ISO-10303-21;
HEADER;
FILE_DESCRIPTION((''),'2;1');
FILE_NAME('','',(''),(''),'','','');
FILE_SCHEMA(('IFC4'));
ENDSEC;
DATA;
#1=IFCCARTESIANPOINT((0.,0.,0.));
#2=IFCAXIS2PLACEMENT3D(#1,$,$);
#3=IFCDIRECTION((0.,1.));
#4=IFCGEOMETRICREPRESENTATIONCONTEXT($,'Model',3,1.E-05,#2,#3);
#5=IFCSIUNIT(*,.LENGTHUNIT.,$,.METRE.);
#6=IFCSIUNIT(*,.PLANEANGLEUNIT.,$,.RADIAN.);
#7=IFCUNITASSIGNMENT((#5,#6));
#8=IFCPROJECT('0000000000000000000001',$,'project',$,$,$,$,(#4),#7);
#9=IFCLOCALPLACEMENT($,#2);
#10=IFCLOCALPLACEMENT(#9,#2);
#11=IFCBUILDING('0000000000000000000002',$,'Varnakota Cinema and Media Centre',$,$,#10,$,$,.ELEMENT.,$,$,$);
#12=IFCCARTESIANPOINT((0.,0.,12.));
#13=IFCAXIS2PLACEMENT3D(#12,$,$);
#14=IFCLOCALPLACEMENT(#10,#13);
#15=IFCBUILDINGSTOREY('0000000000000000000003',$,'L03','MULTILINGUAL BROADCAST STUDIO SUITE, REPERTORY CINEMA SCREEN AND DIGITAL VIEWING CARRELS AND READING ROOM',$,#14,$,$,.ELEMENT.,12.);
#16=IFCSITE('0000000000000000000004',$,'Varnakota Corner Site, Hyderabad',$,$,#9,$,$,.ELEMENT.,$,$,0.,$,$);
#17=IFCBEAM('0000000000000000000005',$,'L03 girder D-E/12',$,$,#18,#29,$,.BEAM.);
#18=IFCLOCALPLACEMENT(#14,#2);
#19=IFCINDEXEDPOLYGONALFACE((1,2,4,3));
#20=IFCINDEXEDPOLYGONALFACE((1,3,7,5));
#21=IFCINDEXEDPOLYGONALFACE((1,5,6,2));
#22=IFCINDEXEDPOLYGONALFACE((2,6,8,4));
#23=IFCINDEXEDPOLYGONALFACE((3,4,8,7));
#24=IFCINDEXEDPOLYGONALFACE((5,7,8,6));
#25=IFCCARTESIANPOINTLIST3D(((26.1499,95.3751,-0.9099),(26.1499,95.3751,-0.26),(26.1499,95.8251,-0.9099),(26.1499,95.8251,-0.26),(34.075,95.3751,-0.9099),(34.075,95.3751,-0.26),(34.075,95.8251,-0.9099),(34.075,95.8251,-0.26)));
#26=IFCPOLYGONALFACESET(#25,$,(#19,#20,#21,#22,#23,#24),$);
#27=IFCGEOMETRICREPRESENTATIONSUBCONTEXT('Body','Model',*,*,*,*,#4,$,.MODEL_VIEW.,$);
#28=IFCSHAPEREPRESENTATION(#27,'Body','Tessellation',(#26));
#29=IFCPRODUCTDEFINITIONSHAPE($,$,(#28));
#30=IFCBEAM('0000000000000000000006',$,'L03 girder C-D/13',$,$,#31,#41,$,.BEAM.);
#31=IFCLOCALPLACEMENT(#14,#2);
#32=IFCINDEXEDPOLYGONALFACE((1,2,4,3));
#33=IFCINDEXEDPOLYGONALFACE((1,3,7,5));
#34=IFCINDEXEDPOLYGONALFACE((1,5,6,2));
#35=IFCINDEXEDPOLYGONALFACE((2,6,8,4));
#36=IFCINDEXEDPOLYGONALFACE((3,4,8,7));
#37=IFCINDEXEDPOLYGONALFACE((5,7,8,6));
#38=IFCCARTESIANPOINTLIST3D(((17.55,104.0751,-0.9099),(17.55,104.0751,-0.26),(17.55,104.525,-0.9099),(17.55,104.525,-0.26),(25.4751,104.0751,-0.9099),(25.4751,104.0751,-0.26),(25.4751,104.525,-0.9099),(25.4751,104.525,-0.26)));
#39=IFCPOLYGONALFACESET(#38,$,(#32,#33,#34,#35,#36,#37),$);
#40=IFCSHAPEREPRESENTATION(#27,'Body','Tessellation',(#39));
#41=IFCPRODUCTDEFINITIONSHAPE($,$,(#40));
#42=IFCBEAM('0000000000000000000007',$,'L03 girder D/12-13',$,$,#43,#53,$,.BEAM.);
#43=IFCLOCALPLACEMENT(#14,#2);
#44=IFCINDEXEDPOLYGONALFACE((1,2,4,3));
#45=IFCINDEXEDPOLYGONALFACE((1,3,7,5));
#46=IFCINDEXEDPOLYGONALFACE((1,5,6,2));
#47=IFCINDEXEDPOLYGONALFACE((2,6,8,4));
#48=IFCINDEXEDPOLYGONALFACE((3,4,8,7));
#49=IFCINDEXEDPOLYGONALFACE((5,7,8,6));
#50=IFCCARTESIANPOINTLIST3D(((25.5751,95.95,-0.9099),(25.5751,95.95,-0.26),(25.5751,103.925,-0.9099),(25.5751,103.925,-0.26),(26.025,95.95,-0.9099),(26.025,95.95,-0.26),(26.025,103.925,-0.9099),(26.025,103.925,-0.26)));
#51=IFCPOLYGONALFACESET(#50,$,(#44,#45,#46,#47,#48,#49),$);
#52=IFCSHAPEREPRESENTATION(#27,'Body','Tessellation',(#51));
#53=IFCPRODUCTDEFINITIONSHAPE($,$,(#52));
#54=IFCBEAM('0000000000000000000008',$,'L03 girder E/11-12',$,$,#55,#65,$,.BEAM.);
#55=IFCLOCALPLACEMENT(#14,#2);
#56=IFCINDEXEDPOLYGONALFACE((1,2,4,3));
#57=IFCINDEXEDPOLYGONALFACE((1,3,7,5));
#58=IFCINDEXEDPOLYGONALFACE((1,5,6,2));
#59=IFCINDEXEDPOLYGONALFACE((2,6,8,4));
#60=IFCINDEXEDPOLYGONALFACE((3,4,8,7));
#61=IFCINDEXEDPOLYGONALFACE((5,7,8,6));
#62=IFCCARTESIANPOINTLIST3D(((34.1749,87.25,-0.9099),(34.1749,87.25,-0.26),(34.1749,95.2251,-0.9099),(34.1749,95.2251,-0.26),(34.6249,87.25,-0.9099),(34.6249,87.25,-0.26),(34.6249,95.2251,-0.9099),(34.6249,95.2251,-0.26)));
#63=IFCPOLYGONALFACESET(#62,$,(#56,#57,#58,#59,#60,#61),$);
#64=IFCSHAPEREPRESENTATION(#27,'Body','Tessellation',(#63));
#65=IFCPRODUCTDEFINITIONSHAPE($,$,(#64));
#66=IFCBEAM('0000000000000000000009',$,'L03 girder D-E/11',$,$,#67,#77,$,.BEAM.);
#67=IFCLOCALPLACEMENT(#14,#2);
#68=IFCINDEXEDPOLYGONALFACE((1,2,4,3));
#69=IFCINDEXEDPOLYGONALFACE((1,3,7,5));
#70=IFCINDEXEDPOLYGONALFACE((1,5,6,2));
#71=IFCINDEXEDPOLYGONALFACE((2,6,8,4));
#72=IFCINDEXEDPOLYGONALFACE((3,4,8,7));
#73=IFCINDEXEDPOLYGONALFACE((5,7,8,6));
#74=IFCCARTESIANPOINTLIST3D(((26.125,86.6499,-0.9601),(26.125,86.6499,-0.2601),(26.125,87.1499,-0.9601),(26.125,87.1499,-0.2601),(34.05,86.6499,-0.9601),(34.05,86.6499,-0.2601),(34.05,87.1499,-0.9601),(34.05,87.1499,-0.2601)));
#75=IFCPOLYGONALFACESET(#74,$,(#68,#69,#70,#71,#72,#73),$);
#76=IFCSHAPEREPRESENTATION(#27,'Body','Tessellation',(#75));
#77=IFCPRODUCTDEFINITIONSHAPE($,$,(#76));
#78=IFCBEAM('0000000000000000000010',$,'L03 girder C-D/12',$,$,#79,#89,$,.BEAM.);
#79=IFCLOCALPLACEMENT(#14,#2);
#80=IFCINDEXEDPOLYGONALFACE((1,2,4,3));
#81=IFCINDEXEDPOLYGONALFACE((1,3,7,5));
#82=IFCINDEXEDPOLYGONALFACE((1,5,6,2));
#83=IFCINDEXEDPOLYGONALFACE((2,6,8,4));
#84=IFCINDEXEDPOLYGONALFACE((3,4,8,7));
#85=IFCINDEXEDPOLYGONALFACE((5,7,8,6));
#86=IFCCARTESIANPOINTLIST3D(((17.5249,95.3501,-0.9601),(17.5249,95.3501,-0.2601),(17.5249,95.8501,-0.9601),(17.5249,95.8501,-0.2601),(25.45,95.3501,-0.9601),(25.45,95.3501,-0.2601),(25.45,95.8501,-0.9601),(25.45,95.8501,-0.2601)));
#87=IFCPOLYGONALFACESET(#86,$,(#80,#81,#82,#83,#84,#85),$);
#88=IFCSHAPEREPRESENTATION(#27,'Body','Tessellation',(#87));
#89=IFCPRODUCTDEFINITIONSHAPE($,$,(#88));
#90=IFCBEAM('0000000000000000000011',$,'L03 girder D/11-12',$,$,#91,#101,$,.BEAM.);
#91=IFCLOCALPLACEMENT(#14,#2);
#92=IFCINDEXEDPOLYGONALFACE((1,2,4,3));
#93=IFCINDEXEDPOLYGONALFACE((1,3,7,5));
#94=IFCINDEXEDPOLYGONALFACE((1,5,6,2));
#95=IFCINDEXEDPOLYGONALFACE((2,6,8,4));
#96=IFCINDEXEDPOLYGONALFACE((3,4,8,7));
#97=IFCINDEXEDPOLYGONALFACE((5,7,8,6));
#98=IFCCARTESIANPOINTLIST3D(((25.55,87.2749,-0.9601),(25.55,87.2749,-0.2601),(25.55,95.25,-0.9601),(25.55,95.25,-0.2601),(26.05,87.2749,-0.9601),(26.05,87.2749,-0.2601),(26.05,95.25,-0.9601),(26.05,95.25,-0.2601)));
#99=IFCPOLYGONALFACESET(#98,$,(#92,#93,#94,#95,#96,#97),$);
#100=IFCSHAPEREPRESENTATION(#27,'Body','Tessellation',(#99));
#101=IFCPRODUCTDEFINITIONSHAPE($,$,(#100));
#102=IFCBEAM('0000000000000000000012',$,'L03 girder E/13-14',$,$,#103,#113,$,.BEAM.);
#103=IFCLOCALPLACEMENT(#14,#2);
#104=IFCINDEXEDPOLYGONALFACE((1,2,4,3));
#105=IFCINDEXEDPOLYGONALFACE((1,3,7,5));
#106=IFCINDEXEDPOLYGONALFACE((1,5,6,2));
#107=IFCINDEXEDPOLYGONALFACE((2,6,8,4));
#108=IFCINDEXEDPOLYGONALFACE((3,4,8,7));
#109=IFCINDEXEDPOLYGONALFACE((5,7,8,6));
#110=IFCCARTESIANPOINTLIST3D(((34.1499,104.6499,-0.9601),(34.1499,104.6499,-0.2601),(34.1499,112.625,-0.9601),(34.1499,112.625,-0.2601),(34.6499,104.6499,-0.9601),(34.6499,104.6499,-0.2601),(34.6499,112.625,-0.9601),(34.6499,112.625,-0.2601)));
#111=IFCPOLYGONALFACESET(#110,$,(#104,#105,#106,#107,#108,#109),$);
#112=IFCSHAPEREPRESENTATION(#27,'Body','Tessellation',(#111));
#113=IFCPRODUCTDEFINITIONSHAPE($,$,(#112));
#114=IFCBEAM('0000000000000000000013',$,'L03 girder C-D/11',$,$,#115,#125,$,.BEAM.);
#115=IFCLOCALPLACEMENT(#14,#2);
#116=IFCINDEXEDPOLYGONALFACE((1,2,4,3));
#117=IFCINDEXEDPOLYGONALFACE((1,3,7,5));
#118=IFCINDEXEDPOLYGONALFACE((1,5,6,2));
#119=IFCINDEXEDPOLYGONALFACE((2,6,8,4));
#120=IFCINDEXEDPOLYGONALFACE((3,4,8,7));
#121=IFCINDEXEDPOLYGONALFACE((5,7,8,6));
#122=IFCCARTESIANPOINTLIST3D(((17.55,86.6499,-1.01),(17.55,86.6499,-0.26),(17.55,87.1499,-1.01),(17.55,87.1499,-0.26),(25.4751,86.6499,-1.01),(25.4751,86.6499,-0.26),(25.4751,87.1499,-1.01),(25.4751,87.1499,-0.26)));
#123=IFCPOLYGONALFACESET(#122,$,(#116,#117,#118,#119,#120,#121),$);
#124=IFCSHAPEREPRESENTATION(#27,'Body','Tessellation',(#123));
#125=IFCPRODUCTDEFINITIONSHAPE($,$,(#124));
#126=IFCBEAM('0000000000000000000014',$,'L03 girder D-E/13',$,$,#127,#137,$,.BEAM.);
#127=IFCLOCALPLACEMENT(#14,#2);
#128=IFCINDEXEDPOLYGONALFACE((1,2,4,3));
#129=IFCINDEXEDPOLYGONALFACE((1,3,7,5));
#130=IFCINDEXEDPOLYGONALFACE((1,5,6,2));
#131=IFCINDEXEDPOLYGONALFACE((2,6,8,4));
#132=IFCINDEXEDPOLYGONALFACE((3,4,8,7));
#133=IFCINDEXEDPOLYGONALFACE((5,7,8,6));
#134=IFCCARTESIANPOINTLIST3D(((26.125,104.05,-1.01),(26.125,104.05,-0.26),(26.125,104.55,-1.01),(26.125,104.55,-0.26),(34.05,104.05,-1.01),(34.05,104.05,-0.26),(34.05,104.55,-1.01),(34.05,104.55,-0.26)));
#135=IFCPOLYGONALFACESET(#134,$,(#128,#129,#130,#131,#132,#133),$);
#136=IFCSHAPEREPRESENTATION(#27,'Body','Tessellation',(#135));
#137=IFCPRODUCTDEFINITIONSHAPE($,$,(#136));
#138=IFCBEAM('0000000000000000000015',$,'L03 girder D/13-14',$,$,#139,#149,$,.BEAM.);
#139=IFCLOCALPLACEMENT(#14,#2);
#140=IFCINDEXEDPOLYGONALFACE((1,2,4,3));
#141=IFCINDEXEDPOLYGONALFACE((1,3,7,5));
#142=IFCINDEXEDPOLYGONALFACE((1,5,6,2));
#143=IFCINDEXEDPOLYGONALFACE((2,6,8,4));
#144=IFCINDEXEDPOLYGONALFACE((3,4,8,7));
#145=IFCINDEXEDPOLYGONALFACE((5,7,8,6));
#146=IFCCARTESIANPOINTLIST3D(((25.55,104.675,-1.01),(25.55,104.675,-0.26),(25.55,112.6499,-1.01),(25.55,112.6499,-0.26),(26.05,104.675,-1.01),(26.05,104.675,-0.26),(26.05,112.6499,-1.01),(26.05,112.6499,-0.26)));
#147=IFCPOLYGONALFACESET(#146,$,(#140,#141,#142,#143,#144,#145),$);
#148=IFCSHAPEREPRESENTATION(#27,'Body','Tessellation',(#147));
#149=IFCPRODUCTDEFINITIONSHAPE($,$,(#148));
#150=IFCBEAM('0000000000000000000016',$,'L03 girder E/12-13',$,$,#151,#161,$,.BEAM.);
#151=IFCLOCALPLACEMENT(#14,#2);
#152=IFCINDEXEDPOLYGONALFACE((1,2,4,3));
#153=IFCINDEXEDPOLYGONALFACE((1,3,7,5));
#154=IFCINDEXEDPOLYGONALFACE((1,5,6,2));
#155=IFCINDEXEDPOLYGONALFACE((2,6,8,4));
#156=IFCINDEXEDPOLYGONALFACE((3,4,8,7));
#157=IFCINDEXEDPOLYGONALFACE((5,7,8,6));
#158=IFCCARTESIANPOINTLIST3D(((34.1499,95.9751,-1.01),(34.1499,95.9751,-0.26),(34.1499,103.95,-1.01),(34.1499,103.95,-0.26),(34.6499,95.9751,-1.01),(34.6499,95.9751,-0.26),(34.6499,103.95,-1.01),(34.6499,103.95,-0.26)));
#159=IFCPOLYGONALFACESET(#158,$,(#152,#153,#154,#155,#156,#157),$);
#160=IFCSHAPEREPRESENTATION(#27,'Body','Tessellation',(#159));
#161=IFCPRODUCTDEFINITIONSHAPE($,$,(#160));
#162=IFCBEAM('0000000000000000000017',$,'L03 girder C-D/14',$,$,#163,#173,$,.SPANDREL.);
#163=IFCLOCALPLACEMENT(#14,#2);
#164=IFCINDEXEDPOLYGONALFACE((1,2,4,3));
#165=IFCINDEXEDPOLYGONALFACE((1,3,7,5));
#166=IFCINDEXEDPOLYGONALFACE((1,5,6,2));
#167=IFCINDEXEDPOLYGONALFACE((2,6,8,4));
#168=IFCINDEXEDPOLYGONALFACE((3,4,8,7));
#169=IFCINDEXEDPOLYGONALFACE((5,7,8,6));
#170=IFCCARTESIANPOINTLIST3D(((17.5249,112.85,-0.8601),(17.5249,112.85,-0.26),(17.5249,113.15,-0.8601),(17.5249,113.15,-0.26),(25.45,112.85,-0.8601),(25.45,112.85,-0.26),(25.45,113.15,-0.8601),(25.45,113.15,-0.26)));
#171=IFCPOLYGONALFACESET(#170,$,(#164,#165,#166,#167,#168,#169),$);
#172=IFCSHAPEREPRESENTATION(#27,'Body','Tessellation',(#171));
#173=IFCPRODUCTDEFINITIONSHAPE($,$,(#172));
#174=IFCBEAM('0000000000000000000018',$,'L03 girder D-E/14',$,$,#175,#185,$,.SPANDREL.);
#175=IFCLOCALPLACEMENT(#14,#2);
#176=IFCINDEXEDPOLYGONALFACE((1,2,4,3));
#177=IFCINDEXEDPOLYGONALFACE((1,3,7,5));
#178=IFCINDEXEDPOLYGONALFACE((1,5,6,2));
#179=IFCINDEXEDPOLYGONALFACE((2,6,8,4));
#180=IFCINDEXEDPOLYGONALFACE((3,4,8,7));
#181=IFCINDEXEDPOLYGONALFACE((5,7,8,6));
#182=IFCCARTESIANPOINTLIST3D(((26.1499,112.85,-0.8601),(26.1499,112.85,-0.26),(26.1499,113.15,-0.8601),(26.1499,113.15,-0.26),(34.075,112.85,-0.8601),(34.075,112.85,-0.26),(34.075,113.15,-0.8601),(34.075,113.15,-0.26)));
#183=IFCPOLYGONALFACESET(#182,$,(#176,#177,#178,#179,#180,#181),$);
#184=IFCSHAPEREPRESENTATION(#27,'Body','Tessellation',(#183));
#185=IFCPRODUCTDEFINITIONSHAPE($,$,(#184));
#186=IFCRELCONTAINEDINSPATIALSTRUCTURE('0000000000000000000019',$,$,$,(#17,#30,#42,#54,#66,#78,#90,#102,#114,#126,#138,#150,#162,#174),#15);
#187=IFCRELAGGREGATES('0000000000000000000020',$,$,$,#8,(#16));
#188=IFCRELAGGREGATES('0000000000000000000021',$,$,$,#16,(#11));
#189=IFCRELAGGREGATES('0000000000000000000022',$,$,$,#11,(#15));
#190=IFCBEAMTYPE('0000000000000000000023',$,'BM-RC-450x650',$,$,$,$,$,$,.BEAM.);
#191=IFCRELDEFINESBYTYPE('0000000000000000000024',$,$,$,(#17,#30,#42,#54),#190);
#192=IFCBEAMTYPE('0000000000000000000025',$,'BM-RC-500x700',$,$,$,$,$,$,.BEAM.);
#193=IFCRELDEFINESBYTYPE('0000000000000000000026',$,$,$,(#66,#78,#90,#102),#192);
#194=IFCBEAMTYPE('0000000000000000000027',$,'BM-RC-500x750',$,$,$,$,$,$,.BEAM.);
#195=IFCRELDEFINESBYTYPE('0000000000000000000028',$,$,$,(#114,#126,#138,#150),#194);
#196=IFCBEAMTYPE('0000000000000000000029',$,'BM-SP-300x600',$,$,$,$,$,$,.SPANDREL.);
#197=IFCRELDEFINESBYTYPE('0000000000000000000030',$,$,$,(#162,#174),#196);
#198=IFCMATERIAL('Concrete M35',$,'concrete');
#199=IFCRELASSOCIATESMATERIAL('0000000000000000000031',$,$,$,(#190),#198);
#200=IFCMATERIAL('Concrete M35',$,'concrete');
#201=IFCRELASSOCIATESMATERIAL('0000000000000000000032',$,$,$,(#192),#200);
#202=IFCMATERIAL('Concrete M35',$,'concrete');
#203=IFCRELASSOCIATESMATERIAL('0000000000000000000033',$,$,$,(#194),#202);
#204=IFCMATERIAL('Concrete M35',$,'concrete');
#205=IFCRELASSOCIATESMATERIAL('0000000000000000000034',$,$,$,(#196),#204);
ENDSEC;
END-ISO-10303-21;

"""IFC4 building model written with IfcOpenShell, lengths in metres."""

from ifc_helpers import new_model, si_unit, direction, frame, origin, origin_2d, place, context, subcontext, project, spatial, rectangle, extrude, material, material_profile, profile_set, type_object, element, save


model = new_model("IFC4")

# Units and contexts
model_context = context("Model", 3, precision=1e-05, world=origin(), true_north=direction((0.0, 1.0)))
body_context = subcontext(model_context, "Body", "Model", "MODEL_VIEW")
ifc_project = project(units=[si_unit("LENGTHUNIT", "METRE"), si_unit("PLANEANGLEUNIT", "RADIAN")], contexts=[model_context])

# Site, building, storey
site_placement = place(None, origin())
site = spatial("IfcSite", under=ifc_project, at=site_placement, Name="Varnakota Corner Site, Hyderabad", CompositionType="ELEMENT", RefElevation=0.0)
building_placement = place(site_placement, origin())
building = spatial("IfcBuilding", under=site, at=building_placement, Name="Varnakota Cinema and Media Centre", CompositionType="ELEMENT")
storey_placement = place(building_placement, frame((0.0, 0.0, 12.0)))
storey = spatial("IfcBuildingStorey", under=building, at=storey_placement, Name="L03", Description="MULTILINGUAL BROADCAST STUDIO SUITE, REPERTORY CINEMA SCREEN AND DIGITAL VIEWING CARRELS AND READING ROOM", CompositionType="ELEMENT", Elevation=12.0)

# Beams
ifc_material_1 = material(Name="Concrete M35", Category="concrete")
ifc_material_profile_1 = material_profile(ifc_material_1, rectangle(XDim=0.45, YDim=0.6499, at=origin_2d()), Name="RCB 450x650")
ifc_profile_set_1 = profile_set([ifc_material_profile_1], Name="Concrete M35")
beam_type_1 = type_object("IfcBeamType", Name="BM-RC-450x650", PredefinedType="BEAM", material=ifc_profile_set_1)
for number, where, z_axis, x_axis, name in (
    (1, (26.1499, 95.6001, -0.585), (1.0, 0.0, 0.0), (0.0, 1.0, 0.0), "L03 girder D-E/12"),
    (2, (17.55, 104.3, -0.585), (1.0, 0.0, 0.0), (0.0, 1.0, 0.0), "L03 girder C-D/13"),
):
    element("IfcBeam", number, at=place(storey_placement, frame(where, z_axis=z_axis, x_axis=x_axis)), inside=storey, type_object=beam_type_1, Name=name, PredefinedType="BEAM", context=body_context, shape_type="SweptSolid", body=[
        extrude(rectangle(XDim=0.45, YDim=0.6499, at=origin_2d()), origin(), (0.0, 0.0, 1.0), 7.925),
    ])
for number, where, z_axis, x_axis, name in (
    (3, (25.8, 95.95, -0.585), (0.0, 1.0, 0.0), (-1.0, 0.0, 0.0), "L03 girder D/12-13"),
    (4, (34.3999, 87.25, -0.585), (0.0, 1.0, 0.0), (-1.0, 0.0, 0.0), "L03 girder E/11-12"),
):
    element("IfcBeam", number, at=place(storey_placement, frame(where, z_axis=z_axis, x_axis=x_axis)), inside=storey, type_object=beam_type_1, Name=name, PredefinedType="BEAM", context=body_context, shape_type="SweptSolid", body=[
        extrude(rectangle(XDim=0.45, YDim=0.6499, at=origin_2d()), origin(), (0.0, 0.0, 1.0), 7.9751),
    ])
ifc_material_2 = material(Name="Concrete M35", Category="concrete")
ifc_material_profile_2 = material_profile(ifc_material_2, rectangle(XDim=0.5, YDim=0.7, at=origin_2d()), Name="RCB 500x700")
ifc_profile_set_2 = profile_set([ifc_material_profile_2], Name="Concrete M35")
beam_type_2 = type_object("IfcBeamType", Name="BM-RC-500x700", PredefinedType="BEAM", material=ifc_profile_set_2)
for number, where, z_axis, x_axis, name in (
    (5, (26.125, 86.8999, -0.6101), (1.0, 0.0, 0.0), (0.0, 1.0, 0.0), "L03 girder D-E/11"),
    (6, (17.5249, 95.6001, -0.6101), (1.0, 0.0, 0.0), (0.0, 1.0, 0.0), "L03 girder C-D/12"),
):
    element("IfcBeam", number, at=place(storey_placement, frame(where, z_axis=z_axis, x_axis=x_axis)), inside=storey, type_object=beam_type_2, Name=name, PredefinedType="BEAM", context=body_context, shape_type="SweptSolid", body=[
        extrude(rectangle(XDim=0.5, YDim=0.7, at=origin_2d()), origin(), (0.0, 0.0, 1.0), 7.925),
    ])
for number, where, z_axis, x_axis, name in (
    (7, (25.8, 87.2749, -0.6101), (0.0, 1.0, 0.0), (-1.0, 0.0, 0.0), "L03 girder D/11-12"),
    (8, (34.3999, 104.6499, -0.6101), (0.0, 1.0, 0.0), (-1.0, 0.0, 0.0), "L03 girder E/13-14"),
):
    element("IfcBeam", number, at=place(storey_placement, frame(where, z_axis=z_axis, x_axis=x_axis)), inside=storey, type_object=beam_type_2, Name=name, PredefinedType="BEAM", context=body_context, shape_type="SweptSolid", body=[
        extrude(rectangle(XDim=0.5, YDim=0.7, at=origin_2d()), origin(), (0.0, 0.0, 1.0), 7.9751),
    ])
ifc_material_3 = material(Name="Concrete M35", Category="concrete")
ifc_material_profile_3 = material_profile(ifc_material_3, rectangle(XDim=0.5, YDim=0.75, at=origin_2d()), Name="RCB 500x750")
ifc_profile_set_3 = profile_set([ifc_material_profile_3], Name="Concrete M35")
beam_type_3 = type_object("IfcBeamType", Name="BM-RC-500x750", PredefinedType="BEAM", material=ifc_profile_set_3)
for number, where, z_axis, x_axis, name in (
    (9, (17.55, 86.8999, -0.635), (1.0, 0.0, 0.0), (0.0, 1.0, 0.0), "L03 girder C-D/11"),
    (10, (26.125, 104.3, -0.635), (1.0, 0.0, 0.0), (0.0, 1.0, 0.0), "L03 girder D-E/13"),
):
    element("IfcBeam", number, at=place(storey_placement, frame(where, z_axis=z_axis, x_axis=x_axis)), inside=storey, type_object=beam_type_3, Name=name, PredefinedType="BEAM", context=body_context, shape_type="SweptSolid", body=[
        extrude(rectangle(XDim=0.5, YDim=0.75, at=origin_2d()), origin(), (0.0, 0.0, 1.0), 7.925),
    ])
for number, where, z_axis, x_axis, name in (
    (11, (25.8, 104.675, -0.635), (0.0, 1.0, 0.0), (-1.0, 0.0, 0.0), "L03 girder D/13-14"),
    (12, (34.3999, 95.9751, -0.635), (0.0, 1.0, 0.0), (-1.0, 0.0, 0.0), "L03 girder E/12-13"),
):
    element("IfcBeam", number, at=place(storey_placement, frame(where, z_axis=z_axis, x_axis=x_axis)), inside=storey, type_object=beam_type_3, Name=name, PredefinedType="BEAM", context=body_context, shape_type="SweptSolid", body=[
        extrude(rectangle(XDim=0.5, YDim=0.75, at=origin_2d()), origin(), (0.0, 0.0, 1.0), 7.9749),
    ])
ifc_material_4 = material(Name="Concrete M35", Category="concrete")
ifc_material_profile_4 = material_profile(ifc_material_4, rectangle(XDim=0.3, YDim=0.6001, at=origin_2d()), Name="RCB 300x600")
ifc_profile_set_4 = profile_set([ifc_material_profile_4], Name="Concrete M35")
beam_type_4 = type_object("IfcBeamType", Name="BM-SP-300x600", PredefinedType="SPANDREL", material=ifc_profile_set_4)
for number, where, z_axis, x_axis, name in (
    (13, (17.5249, 113.0, -0.5601), (1.0, 0.0, 0.0), (0.0, 1.0, 0.0), "L03 girder C-D/14"),
    (14, (26.1499, 113.0, -0.5601), (1.0, 0.0, 0.0), (0.0, 1.0, 0.0), "L03 girder D-E/14"),
):
    element("IfcBeam", number, at=place(storey_placement, frame(where, z_axis=z_axis, x_axis=x_axis)), inside=storey, type_object=beam_type_4, Name=name, PredefinedType="SPANDREL", context=body_context, shape_type="SweptSolid", body=[
        extrude(rectangle(XDim=0.3, YDim=0.6001, at=origin_2d()), origin(), (0.0, 0.0, 1.0), 7.925),
    ])

save(model, "model.ifc")
